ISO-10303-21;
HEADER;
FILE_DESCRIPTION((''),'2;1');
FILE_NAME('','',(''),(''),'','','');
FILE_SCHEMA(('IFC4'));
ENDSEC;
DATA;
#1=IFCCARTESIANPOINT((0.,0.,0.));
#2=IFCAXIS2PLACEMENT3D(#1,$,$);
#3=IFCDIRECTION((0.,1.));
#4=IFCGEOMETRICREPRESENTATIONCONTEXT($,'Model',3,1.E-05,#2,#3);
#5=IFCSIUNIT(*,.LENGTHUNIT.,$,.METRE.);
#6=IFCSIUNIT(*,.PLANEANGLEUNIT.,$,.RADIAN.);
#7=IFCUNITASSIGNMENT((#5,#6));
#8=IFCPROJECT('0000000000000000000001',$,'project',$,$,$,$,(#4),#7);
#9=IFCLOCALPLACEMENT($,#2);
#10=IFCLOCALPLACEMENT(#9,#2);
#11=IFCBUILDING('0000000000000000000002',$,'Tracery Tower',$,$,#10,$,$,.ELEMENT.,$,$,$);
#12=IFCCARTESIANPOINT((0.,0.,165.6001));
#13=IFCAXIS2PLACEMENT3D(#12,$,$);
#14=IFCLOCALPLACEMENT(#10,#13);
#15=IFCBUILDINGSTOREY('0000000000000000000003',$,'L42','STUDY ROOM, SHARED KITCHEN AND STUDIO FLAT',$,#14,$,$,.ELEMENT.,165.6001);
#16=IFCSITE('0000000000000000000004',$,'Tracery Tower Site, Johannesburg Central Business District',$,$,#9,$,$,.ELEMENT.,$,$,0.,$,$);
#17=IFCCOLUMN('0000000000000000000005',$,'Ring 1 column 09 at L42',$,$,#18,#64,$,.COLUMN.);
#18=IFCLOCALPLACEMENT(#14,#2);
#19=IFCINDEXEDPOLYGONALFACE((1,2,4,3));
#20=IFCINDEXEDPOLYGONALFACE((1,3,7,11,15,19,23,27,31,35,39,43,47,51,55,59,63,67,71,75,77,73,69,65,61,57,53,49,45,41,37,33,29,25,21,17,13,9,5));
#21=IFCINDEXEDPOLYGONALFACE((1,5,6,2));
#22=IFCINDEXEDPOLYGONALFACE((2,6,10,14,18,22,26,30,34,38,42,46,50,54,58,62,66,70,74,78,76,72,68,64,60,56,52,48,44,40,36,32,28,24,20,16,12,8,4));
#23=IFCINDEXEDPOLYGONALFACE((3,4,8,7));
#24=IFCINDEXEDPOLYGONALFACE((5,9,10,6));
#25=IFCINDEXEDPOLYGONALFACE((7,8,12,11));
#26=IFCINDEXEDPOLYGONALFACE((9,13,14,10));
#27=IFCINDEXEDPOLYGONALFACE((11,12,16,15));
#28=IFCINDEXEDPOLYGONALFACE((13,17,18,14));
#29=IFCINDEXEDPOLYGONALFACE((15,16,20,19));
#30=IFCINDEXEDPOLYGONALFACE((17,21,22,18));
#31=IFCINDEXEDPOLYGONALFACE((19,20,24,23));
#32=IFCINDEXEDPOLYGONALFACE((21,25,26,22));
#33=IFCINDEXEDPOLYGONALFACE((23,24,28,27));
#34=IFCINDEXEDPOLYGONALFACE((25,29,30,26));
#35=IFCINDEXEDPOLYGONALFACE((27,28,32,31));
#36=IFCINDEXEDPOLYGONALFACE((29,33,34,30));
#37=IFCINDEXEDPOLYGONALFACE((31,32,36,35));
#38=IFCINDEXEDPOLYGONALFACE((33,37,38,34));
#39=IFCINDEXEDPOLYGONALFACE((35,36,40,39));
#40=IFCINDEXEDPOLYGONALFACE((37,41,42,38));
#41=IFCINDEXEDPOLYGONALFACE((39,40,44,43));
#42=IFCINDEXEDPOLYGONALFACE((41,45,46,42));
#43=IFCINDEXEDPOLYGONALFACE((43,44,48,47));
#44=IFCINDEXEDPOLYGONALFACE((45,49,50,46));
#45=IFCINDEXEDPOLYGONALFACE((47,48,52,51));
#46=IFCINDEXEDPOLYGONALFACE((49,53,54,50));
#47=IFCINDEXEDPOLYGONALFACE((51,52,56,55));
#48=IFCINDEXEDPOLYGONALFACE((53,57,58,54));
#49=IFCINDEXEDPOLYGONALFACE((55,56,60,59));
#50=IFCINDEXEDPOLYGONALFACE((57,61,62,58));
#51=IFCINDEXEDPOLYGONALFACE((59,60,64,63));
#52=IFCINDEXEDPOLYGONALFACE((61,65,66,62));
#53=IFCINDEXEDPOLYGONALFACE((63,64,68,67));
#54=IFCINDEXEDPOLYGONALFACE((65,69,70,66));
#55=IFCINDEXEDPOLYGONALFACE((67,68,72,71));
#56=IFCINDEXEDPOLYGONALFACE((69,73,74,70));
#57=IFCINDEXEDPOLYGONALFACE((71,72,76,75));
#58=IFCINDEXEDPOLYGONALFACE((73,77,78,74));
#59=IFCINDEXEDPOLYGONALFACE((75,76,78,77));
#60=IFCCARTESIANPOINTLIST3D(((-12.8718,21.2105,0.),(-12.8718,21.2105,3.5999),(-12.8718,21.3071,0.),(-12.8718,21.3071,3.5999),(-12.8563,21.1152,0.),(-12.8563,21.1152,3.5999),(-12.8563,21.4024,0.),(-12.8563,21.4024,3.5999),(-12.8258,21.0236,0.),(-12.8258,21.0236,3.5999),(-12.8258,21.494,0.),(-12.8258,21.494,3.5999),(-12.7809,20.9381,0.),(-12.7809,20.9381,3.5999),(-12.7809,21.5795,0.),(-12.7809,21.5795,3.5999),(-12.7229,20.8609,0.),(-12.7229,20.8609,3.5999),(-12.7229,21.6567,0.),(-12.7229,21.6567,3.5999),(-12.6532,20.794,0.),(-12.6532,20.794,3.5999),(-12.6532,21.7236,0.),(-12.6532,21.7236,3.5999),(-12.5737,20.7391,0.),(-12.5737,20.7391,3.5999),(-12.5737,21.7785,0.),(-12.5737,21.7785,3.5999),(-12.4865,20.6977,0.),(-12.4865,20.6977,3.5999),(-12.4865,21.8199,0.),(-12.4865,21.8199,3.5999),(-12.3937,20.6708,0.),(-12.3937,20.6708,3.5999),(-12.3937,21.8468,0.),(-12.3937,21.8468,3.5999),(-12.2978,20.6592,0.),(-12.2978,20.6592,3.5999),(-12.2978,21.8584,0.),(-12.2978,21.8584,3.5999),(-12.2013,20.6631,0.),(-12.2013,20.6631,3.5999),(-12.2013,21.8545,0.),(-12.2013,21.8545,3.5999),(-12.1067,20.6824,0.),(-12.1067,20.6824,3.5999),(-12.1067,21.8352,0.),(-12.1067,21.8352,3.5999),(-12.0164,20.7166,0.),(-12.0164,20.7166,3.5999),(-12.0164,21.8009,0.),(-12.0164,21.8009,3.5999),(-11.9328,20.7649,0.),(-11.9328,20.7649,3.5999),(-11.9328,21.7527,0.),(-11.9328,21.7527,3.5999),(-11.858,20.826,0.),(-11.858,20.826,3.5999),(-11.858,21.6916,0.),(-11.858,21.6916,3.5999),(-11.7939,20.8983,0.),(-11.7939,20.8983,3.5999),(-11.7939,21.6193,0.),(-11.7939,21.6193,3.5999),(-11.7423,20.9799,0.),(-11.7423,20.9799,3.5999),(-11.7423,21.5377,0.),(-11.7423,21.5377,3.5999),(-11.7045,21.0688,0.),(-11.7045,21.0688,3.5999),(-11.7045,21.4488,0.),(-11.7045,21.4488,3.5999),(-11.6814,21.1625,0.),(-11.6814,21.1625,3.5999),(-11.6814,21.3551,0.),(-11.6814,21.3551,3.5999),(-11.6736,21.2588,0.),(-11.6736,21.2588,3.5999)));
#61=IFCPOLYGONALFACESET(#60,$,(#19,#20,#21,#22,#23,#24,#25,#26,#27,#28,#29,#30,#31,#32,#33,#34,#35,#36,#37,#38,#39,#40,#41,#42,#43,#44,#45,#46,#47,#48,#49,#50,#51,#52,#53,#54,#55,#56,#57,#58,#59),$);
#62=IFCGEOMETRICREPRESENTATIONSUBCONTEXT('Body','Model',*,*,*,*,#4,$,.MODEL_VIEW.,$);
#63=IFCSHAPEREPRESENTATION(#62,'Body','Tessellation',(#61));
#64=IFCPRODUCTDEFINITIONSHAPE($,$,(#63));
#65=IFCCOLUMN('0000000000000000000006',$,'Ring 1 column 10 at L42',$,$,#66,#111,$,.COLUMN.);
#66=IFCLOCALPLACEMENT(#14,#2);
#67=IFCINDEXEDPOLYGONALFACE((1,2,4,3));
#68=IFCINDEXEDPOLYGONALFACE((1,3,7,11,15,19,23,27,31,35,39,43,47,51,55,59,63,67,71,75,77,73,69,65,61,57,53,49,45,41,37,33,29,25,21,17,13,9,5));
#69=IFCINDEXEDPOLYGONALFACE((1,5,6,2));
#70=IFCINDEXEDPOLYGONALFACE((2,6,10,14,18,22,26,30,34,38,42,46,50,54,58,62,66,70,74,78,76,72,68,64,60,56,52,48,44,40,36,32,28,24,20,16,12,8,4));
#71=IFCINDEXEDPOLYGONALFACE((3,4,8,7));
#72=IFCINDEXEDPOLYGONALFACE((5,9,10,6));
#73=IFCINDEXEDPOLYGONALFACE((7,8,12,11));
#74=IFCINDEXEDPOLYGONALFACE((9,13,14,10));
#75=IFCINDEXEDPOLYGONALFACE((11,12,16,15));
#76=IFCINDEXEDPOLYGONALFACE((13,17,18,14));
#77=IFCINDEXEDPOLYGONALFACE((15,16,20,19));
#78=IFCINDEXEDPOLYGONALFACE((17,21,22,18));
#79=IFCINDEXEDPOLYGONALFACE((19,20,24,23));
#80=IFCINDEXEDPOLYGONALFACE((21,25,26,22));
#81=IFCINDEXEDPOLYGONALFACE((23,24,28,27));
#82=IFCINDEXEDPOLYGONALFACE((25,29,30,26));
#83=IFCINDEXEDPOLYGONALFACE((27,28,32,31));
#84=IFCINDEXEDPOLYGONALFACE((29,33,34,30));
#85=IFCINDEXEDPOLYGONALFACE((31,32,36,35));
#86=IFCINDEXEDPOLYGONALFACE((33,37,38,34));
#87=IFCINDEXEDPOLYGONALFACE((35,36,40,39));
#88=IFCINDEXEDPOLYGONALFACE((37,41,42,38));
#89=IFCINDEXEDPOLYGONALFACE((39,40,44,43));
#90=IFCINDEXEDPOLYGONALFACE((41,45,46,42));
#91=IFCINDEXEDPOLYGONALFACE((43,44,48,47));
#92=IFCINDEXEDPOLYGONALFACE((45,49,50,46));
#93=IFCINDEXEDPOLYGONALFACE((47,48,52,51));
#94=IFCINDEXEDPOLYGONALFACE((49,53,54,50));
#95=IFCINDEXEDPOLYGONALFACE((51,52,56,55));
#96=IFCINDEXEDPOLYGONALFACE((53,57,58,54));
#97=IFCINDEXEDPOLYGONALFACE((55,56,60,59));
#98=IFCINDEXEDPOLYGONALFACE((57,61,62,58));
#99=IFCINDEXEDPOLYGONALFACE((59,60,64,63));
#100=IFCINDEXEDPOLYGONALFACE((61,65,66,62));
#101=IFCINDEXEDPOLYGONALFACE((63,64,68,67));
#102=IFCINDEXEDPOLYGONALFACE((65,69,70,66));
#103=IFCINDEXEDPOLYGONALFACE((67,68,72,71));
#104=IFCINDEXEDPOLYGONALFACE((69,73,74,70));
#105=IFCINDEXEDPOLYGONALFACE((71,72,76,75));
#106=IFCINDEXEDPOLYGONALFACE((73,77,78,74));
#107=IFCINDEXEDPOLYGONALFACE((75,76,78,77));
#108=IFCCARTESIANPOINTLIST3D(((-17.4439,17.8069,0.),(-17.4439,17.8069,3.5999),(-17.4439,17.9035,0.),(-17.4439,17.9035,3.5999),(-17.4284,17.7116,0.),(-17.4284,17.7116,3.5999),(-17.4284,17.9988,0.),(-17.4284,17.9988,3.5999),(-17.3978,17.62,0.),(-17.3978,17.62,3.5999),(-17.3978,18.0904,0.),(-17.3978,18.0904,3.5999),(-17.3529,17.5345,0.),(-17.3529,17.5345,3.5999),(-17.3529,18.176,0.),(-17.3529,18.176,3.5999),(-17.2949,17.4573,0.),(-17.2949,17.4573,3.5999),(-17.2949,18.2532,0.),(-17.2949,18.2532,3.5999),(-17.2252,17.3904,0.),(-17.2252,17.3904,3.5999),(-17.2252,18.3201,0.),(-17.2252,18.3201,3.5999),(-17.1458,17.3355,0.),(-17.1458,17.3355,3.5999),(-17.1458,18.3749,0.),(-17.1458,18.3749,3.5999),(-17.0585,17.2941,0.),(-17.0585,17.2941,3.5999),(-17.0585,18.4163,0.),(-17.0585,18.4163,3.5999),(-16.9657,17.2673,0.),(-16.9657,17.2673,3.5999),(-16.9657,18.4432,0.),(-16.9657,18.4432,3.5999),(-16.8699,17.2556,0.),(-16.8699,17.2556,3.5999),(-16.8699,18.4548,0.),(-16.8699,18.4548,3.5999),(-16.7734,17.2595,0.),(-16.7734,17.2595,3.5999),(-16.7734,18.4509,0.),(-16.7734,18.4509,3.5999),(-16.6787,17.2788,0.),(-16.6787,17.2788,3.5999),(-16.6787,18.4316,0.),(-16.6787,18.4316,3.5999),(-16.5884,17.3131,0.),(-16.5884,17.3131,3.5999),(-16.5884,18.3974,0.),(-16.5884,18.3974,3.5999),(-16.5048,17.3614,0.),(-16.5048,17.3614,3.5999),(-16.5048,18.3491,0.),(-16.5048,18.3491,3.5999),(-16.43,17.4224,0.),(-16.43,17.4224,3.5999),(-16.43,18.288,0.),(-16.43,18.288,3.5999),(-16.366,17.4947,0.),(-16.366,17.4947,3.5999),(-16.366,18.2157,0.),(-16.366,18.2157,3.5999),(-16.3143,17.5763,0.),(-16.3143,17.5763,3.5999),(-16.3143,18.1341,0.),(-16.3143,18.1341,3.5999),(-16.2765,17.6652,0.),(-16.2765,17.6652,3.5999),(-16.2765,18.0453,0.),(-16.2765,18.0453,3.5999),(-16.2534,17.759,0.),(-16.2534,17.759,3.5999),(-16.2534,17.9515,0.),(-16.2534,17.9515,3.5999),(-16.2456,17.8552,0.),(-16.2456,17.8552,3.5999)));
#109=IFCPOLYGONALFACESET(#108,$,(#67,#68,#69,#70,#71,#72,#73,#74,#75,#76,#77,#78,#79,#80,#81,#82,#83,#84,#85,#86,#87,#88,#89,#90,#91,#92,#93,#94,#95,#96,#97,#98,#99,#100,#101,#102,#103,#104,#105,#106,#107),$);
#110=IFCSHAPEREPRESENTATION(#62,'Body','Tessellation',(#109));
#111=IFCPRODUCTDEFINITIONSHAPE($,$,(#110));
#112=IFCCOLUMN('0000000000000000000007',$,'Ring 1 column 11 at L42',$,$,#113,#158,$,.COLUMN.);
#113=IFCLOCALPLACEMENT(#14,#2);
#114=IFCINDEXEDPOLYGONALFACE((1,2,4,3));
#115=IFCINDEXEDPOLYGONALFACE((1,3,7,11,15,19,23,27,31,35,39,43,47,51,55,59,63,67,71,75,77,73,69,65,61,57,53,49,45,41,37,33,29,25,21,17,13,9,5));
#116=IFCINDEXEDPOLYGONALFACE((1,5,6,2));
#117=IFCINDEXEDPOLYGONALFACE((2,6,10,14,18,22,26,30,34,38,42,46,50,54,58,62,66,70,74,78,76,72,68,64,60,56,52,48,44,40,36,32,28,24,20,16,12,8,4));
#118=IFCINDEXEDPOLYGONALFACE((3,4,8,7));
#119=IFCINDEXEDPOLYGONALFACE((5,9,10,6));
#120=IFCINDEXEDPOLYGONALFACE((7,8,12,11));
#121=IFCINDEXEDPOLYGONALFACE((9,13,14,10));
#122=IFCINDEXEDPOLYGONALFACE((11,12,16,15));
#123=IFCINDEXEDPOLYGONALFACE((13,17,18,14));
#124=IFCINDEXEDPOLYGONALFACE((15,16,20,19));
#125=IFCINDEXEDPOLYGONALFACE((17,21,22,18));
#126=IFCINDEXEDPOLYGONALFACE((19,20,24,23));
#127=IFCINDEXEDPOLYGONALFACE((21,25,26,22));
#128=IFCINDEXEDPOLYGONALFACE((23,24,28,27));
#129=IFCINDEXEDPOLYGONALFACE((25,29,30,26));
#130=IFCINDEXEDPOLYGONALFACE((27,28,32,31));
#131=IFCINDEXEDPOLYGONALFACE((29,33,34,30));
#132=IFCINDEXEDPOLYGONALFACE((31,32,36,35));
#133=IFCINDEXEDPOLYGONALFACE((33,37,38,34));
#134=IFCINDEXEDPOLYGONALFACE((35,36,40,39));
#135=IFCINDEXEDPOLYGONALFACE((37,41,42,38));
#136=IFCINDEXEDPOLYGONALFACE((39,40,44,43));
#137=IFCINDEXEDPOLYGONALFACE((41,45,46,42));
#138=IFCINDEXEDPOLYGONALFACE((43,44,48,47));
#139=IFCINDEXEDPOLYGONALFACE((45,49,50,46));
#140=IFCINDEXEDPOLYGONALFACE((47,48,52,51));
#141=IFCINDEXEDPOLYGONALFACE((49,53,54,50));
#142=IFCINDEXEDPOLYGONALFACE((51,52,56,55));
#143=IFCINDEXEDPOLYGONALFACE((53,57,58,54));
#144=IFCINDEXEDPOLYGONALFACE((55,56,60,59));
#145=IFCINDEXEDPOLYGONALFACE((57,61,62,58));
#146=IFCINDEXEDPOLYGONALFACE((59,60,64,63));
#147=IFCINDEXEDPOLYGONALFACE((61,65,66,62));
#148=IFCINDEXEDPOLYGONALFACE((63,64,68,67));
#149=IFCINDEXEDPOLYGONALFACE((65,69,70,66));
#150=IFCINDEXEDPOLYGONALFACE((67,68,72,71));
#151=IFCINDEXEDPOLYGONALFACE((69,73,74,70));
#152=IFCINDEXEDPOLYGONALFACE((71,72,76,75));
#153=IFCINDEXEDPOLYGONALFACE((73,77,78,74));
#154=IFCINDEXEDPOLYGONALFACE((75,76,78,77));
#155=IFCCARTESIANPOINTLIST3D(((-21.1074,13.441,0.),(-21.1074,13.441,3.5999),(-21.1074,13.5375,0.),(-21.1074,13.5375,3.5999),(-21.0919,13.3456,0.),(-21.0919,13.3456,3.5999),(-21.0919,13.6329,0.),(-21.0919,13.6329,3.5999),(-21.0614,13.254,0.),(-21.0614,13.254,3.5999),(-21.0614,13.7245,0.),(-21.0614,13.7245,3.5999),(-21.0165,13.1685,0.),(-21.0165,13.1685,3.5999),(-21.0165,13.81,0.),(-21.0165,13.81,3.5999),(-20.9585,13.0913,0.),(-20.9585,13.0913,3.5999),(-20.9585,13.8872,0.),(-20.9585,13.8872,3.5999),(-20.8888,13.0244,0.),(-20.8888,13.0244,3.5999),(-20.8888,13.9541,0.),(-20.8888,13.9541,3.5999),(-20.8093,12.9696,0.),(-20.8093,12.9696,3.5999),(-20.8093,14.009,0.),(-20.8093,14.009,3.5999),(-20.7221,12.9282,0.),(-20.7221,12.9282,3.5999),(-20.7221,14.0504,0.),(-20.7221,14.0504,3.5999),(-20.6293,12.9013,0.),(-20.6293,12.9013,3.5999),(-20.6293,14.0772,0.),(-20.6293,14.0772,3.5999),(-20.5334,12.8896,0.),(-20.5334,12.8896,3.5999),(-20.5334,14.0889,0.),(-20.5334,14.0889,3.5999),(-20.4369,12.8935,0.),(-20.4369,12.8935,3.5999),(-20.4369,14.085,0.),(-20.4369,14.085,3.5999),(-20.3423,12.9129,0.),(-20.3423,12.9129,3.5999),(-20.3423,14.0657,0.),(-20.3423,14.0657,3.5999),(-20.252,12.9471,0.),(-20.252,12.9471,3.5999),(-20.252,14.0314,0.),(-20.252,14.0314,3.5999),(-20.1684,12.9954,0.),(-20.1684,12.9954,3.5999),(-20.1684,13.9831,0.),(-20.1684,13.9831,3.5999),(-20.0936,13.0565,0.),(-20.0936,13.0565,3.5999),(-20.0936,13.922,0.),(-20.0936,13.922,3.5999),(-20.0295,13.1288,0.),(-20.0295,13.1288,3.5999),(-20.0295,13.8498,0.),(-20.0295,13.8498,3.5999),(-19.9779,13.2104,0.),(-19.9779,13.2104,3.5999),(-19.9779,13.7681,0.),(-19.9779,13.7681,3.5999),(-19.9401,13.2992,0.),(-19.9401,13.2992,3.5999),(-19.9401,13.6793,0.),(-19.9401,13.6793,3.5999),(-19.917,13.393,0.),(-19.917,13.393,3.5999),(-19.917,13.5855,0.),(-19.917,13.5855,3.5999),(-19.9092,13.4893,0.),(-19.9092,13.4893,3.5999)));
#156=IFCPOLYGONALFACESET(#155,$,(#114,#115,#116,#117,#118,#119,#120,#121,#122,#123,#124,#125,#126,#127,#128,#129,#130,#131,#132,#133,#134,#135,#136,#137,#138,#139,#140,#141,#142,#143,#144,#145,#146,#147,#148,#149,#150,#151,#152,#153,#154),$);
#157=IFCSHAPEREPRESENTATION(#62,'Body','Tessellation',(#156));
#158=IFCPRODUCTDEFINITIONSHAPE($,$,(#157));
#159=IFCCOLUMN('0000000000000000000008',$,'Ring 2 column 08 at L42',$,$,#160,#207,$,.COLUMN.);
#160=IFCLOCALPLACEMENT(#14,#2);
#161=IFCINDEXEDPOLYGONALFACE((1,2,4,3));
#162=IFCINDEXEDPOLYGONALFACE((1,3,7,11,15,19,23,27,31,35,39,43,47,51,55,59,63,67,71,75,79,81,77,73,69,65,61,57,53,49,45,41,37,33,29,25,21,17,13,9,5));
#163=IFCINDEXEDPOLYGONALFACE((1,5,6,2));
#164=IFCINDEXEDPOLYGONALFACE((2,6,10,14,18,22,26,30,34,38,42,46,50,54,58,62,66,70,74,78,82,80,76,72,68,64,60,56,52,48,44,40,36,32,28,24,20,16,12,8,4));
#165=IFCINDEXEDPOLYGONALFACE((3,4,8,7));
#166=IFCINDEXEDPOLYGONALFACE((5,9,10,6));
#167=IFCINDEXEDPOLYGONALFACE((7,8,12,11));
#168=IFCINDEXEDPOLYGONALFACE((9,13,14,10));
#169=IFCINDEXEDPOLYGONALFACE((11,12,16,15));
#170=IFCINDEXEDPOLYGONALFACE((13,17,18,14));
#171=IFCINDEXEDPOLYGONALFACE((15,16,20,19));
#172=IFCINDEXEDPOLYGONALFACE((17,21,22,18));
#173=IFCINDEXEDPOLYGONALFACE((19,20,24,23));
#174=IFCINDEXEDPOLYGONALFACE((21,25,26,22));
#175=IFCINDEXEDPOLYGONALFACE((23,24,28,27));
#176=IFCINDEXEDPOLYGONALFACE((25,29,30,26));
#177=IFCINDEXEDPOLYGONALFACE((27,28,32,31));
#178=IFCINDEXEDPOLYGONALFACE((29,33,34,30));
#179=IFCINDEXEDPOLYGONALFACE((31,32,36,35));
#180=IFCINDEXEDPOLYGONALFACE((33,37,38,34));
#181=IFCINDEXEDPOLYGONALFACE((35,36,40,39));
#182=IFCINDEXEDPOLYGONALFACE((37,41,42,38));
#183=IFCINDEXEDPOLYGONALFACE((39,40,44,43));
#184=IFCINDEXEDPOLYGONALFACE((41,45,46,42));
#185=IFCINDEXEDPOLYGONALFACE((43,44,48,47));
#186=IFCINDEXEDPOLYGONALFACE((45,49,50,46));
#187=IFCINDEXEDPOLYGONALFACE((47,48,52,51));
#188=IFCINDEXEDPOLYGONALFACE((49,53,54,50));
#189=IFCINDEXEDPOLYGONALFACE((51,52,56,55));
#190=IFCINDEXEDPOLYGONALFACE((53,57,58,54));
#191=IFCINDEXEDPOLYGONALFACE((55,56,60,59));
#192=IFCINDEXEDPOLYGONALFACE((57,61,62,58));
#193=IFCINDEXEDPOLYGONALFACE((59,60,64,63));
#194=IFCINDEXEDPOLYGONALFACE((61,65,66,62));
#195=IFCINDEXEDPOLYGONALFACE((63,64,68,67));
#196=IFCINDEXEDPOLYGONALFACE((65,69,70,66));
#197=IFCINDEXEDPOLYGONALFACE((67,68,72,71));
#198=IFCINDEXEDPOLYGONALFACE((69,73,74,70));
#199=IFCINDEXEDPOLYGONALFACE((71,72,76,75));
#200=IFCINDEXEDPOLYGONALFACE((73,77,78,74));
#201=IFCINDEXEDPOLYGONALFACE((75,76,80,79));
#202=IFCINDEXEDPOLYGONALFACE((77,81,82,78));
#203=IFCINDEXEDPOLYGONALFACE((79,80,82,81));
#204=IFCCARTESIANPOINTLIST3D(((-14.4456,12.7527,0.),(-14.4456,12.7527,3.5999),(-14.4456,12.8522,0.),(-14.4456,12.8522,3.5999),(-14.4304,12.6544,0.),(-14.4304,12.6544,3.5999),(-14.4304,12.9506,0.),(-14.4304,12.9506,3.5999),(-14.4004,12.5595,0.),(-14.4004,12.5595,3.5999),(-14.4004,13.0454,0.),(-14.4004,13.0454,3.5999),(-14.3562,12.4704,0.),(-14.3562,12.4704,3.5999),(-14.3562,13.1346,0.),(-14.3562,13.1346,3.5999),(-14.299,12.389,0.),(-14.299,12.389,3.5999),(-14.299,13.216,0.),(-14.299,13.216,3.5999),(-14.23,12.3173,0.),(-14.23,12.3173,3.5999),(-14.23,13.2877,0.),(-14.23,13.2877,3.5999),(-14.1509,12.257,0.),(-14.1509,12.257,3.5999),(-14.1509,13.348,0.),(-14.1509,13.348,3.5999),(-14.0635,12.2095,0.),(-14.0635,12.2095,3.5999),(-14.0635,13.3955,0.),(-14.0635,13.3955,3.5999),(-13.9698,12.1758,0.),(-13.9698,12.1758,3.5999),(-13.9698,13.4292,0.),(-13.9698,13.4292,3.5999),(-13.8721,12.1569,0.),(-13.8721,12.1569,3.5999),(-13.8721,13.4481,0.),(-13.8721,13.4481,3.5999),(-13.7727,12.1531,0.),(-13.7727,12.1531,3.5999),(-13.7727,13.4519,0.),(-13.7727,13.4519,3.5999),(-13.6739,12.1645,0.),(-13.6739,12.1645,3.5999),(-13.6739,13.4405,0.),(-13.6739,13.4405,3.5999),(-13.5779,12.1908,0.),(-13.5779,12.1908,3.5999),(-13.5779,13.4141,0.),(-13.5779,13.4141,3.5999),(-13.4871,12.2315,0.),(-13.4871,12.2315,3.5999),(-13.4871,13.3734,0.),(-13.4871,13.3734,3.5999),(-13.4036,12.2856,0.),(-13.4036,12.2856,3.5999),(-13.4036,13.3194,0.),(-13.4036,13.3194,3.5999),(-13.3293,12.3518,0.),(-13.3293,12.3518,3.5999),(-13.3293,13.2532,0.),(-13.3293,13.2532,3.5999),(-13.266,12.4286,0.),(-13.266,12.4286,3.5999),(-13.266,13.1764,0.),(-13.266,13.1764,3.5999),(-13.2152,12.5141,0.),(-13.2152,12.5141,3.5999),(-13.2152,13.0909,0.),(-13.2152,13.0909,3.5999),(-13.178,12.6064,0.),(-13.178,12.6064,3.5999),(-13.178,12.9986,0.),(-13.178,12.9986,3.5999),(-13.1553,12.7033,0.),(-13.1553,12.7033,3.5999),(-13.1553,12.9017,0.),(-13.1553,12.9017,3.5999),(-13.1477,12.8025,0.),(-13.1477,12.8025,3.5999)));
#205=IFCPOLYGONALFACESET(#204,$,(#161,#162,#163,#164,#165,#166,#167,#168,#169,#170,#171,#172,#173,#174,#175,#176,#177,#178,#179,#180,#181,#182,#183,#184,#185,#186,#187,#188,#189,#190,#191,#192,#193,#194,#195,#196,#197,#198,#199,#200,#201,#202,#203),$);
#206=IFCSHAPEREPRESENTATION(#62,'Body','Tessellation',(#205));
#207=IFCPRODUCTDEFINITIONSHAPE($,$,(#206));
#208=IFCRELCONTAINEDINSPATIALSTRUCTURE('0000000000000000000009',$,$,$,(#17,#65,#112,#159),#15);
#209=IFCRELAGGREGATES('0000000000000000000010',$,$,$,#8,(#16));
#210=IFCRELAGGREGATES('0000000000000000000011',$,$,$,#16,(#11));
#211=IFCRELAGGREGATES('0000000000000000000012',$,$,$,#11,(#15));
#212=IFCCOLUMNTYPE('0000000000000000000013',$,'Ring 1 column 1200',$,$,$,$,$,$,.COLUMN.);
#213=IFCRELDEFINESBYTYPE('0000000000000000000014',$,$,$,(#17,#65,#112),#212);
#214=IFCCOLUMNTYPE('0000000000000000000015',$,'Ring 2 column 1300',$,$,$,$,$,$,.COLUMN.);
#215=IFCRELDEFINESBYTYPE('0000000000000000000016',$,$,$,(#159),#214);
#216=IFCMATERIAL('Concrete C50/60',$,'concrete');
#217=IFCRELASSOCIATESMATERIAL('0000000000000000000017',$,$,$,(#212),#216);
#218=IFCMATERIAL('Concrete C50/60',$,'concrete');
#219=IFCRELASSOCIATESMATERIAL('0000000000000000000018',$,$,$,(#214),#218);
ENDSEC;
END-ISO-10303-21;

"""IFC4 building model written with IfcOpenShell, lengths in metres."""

from ifc_helpers import new_model, si_unit, direction, frame, origin, origin_2d, place, context, subcontext, project, spatial, circle, extrude, material, material_profile, profile_set, type_object, element, save


model = new_model("IFC4")

# Units and contexts
model_context = context("Model", 3, precision=1e-05, world=origin(), true_north=direction((0.0, 1.0)))
body_context = subcontext(model_context, "Body", "Model", "MODEL_VIEW")
ifc_project = project(units=[si_unit("LENGTHUNIT", "METRE"), si_unit("PLANEANGLEUNIT", "RADIAN")], contexts=[model_context])

# Site, building, storey
site_placement = place(None, origin())
site = spatial("IfcSite", under=ifc_project, at=site_placement, Name="Tracery Tower Site, Johannesburg Central Business District", CompositionType="ELEMENT", RefElevation=0.0)
building_placement = place(site_placement, origin())
building = spatial("IfcBuilding", under=site, at=building_placement, Name="Tracery Tower", CompositionType="ELEMENT")
storey_placement = place(building_placement, frame((0.0, 0.0, 165.6001)))
storey = spatial("IfcBuildingStorey", under=building, at=storey_placement, Name="L42", Description="STUDY ROOM, SHARED KITCHEN AND STUDIO FLAT", CompositionType="ELEMENT", Elevation=165.6001)

# Columns
ifc_material_1 = material(Name="Concrete C50/60", Category="concrete")
ifc_material_profile_1 = material_profile(ifc_material_1, circle(Radius=0.6001, at=origin_2d()), Name="RC D1200")
ifc_profile_set_1 = profile_set([ifc_material_profile_1], Name="Concrete C50/60")
column_type_1 = type_object("IfcColumnType", Name="Ring 1 column 1200", PredefinedType="COLUMN", material=ifc_profile_set_1)
for number, where, z_axis, x_axis, name in (
    (1, (-12.2737, 21.2588, 0.0), (0.0, 0.0, 1.0), (1.0, 0.0, 0.0), "Ring 1 column 09 at L42"),
    (2, (-16.8457, 17.8552, 0.0), (0.0, 0.0, 1.0), (1.0, 0.0, 0.0), "Ring 1 column 10 at L42"),
    (3, (-20.5093, 13.4893, 0.0), (0.0, 0.0, 1.0), (1.0, 0.0, 0.0), "Ring 1 column 11 at L42"),
):
    element("IfcColumn", number, at=place(storey_placement, frame(where, z_axis=z_axis, x_axis=x_axis)), inside=storey, type_object=column_type_1, Name=name, PredefinedType="COLUMN", context=body_context, shape_type="SweptSolid", body=[
        extrude(circle(Radius=0.6001, at=origin_2d()), origin(), (0.0, 0.0, 1.0), 3.5999),
    ])
ifc_material_2 = material(Name="Concrete C50/60", Category="concrete")
ifc_material_profile_2 = material_profile(ifc_material_2, circle(Radius=0.6499, at=origin_2d()), Name="RC D1300")
ifc_profile_set_2 = profile_set([ifc_material_profile_2], Name="Concrete C50/60")
column_type_2 = type_object("IfcColumnType", Name="Ring 2 column 1300", PredefinedType="COLUMN", material=ifc_profile_set_2)
column_placement = place(storey_placement, frame((-13.7976, 12.8025, 0.0), z_axis=(0.0, 0.0, 1.0), x_axis=(1.0, 0.0, 0.0)))
element("IfcColumn", 4, at=column_placement, inside=storey, type_object=column_type_2, Name="Ring 2 column 08 at L42", PredefinedType="COLUMN", context=body_context, shape_type="SweptSolid", body=[
    extrude(circle(Radius=0.6499, at=origin_2d()), origin(), (0.0, 0.0, 1.0), 3.5999),
])

save(model, "model.ifc")
